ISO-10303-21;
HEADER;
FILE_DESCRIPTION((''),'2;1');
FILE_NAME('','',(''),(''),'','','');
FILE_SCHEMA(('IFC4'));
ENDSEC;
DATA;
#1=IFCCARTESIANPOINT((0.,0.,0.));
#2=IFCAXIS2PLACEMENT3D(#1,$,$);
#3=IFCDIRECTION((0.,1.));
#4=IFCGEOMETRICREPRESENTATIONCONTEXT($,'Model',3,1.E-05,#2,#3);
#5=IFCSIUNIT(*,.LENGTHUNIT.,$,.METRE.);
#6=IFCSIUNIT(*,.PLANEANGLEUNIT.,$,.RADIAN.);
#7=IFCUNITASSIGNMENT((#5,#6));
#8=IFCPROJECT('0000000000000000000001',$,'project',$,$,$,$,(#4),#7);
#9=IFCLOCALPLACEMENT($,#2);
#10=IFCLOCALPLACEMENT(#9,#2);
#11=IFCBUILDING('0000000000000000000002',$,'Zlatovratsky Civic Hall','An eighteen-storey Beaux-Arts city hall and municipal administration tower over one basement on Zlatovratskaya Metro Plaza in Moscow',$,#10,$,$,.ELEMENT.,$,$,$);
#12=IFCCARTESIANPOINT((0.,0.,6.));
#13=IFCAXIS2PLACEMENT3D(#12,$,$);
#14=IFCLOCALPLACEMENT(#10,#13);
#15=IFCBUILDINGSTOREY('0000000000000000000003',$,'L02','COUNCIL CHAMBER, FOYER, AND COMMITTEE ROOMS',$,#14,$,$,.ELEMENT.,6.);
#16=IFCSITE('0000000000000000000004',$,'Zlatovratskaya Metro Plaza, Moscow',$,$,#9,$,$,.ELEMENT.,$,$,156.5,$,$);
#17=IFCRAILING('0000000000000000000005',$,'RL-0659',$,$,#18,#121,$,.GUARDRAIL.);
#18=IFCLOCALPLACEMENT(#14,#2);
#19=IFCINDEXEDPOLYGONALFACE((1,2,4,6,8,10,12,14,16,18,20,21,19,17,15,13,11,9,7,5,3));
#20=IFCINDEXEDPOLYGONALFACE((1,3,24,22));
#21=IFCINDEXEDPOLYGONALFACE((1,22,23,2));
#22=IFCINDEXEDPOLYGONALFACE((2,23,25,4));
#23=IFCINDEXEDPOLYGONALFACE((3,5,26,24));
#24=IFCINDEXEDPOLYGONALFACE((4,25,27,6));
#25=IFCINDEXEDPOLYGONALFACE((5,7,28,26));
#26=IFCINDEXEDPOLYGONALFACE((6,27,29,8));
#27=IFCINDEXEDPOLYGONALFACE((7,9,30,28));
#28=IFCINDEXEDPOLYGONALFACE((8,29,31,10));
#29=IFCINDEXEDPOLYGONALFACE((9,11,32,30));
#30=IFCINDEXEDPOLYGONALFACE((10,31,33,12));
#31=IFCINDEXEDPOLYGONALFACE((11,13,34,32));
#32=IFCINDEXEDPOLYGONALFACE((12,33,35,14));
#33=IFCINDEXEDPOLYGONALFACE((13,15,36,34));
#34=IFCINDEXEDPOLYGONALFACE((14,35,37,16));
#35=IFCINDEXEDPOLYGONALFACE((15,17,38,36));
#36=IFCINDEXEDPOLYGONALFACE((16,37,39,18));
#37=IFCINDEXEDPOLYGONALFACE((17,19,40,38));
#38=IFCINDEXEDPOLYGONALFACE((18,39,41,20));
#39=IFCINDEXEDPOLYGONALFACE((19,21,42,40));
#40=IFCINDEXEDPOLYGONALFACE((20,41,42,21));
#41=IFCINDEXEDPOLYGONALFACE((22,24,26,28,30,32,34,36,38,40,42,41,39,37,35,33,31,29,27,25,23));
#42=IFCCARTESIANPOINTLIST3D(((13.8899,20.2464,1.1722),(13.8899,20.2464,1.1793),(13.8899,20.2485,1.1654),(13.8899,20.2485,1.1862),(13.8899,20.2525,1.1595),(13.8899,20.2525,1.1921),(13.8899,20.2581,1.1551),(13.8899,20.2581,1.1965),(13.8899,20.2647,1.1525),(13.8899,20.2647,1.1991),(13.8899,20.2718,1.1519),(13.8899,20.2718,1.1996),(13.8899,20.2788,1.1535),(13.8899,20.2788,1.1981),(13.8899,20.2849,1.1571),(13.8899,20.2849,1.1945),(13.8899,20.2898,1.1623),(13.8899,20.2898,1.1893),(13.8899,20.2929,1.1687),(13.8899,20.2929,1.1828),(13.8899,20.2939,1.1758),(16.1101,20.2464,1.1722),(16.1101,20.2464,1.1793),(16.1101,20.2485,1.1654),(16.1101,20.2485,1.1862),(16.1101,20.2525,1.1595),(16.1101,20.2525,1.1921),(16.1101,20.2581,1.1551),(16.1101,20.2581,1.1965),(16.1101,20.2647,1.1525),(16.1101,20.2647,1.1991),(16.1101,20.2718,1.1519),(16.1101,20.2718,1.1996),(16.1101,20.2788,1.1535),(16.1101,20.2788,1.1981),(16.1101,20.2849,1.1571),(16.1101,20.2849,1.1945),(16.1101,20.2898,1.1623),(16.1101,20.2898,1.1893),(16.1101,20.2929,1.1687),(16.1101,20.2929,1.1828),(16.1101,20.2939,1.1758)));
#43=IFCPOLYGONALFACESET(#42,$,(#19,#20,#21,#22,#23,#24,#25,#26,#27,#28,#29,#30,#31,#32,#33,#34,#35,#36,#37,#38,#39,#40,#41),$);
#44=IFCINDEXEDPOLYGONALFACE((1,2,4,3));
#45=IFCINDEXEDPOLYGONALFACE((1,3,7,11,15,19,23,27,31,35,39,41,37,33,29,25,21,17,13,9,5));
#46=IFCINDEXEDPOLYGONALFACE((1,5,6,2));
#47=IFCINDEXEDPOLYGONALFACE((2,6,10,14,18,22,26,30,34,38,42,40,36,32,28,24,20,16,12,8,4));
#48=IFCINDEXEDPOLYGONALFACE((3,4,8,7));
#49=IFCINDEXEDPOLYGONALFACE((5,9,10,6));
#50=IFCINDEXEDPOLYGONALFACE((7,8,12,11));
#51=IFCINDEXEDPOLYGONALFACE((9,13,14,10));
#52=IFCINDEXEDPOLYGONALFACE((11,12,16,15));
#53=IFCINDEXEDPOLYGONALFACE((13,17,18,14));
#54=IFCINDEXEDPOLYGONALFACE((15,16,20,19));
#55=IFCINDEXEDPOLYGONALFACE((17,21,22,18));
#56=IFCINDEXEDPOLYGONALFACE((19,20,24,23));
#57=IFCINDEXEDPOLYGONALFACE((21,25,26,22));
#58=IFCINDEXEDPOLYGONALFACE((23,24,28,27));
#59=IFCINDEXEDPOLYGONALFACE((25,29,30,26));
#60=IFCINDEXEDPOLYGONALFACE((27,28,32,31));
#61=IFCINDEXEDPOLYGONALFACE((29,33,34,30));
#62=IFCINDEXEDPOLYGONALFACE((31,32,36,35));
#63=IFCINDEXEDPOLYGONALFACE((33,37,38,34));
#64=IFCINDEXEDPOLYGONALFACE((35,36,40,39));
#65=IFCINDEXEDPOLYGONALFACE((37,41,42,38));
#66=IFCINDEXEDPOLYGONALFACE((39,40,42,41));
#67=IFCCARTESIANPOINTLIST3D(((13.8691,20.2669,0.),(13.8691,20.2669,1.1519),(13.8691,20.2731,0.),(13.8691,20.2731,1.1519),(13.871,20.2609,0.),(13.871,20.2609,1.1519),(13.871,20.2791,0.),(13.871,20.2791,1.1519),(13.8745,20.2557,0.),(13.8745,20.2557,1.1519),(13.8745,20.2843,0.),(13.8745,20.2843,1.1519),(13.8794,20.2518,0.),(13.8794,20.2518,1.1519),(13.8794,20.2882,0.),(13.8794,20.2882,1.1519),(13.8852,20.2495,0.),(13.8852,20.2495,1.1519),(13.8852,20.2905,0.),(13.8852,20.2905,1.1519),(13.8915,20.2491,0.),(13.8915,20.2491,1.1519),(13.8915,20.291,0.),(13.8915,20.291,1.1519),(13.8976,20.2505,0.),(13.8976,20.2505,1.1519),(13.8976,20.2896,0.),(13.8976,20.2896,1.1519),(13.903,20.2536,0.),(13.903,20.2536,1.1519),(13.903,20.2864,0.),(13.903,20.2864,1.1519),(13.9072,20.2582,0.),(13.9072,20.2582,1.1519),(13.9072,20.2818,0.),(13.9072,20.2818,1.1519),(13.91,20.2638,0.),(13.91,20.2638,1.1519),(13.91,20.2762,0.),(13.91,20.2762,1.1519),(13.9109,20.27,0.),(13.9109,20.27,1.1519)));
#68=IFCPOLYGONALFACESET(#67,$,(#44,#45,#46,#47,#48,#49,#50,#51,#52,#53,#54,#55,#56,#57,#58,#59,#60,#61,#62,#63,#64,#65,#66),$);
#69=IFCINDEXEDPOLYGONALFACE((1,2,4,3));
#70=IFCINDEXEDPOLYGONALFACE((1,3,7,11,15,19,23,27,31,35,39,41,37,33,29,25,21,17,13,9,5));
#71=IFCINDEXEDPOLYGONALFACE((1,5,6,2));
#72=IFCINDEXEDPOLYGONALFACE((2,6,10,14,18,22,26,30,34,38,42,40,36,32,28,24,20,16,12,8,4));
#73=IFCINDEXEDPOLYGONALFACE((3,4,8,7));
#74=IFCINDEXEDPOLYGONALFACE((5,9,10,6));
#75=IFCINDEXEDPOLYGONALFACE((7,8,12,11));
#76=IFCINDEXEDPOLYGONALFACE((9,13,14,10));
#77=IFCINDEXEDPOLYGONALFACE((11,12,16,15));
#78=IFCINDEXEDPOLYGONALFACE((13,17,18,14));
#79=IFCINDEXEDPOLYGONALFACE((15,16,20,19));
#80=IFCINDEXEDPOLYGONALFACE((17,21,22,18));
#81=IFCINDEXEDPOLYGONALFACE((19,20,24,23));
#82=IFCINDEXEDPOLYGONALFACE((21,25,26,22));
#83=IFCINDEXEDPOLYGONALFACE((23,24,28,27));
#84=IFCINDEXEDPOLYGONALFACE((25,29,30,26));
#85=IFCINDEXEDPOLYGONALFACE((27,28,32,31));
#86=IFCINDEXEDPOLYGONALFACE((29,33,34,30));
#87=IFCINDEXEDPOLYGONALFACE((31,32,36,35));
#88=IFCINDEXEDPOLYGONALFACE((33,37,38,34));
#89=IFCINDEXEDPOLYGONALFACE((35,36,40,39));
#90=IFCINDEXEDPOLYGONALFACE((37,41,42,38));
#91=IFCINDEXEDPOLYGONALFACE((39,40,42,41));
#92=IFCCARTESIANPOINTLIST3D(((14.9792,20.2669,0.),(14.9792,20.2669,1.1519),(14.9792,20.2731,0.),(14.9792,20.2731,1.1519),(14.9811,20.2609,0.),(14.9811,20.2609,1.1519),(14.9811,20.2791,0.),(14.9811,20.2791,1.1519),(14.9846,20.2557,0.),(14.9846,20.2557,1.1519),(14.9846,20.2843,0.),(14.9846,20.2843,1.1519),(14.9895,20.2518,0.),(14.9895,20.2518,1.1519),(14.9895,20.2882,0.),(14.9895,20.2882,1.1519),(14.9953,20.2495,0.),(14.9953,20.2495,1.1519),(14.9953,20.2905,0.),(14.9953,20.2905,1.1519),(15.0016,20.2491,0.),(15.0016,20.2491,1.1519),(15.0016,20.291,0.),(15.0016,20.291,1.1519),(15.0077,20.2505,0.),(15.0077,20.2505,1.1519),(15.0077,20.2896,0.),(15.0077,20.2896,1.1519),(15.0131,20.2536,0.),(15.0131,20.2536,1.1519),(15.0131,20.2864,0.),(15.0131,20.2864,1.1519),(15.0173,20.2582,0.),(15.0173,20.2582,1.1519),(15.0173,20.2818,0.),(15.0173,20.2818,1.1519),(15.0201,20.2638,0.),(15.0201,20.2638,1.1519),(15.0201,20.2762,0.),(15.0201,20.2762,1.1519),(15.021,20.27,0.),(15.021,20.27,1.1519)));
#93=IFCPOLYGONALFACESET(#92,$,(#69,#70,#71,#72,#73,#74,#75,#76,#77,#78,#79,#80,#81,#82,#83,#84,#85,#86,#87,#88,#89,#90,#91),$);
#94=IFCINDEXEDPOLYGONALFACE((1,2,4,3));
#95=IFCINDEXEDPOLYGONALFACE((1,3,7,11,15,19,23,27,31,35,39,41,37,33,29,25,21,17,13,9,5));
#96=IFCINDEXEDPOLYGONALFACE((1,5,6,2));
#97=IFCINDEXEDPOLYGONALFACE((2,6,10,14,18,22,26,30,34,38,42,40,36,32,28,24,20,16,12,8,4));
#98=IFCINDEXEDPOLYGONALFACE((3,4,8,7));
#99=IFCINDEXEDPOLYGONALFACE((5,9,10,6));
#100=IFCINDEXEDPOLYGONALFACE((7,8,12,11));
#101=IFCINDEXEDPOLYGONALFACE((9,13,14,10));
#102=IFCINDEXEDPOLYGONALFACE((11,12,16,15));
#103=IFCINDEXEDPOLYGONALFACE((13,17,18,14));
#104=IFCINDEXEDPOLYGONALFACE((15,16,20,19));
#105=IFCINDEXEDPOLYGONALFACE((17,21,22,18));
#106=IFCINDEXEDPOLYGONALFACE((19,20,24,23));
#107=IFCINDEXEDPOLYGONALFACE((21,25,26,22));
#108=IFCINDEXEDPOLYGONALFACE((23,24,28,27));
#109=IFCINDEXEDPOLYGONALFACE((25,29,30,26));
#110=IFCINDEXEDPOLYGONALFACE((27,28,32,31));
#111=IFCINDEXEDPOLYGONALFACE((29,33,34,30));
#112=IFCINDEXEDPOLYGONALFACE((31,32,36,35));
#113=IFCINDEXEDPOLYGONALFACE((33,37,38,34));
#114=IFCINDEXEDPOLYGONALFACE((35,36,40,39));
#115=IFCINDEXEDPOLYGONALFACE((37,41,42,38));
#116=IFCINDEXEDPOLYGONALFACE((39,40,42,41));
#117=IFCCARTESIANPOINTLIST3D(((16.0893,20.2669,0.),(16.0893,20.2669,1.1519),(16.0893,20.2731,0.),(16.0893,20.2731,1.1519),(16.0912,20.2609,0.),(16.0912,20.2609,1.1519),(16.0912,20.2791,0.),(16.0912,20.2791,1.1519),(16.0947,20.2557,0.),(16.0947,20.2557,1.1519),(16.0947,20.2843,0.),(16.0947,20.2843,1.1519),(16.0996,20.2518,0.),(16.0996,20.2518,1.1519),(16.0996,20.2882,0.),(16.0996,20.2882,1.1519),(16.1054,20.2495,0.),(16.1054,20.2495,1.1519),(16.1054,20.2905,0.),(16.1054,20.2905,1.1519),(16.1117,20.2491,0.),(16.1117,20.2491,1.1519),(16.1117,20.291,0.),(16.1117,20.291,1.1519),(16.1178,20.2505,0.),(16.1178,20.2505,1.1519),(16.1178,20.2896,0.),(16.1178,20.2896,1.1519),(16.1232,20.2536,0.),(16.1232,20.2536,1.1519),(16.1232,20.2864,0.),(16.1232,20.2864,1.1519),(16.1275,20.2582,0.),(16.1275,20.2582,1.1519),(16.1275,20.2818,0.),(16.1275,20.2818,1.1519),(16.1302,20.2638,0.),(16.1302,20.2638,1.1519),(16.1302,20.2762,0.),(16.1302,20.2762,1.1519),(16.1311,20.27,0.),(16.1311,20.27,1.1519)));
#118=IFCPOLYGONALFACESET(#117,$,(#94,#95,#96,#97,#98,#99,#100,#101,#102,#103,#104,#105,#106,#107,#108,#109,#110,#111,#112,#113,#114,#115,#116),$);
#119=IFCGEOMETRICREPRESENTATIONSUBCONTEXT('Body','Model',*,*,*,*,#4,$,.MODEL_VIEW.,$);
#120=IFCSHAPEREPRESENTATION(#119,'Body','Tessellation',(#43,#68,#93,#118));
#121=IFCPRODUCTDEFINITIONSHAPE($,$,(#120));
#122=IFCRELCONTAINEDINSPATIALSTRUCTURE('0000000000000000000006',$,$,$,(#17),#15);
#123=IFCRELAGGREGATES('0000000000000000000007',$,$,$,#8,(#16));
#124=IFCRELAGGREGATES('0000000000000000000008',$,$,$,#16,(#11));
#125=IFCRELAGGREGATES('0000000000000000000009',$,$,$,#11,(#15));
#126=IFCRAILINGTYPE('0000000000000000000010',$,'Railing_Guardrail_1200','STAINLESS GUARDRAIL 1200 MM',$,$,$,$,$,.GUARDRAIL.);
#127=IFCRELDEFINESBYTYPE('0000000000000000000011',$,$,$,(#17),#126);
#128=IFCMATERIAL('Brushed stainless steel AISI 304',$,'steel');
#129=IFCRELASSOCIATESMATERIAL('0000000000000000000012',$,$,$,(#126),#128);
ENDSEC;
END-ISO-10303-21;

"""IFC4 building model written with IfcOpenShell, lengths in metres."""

from ifc_helpers import new_model, si_unit, direction, frame, origin, origin_2d, place, context, subcontext, project, spatial, circle, extrude, material, type_object, element, save


model = new_model("IFC4")

# Units and contexts
model_context = context("Model", 3, precision=1e-05, world=origin(), true_north=direction((0.0, 1.0)))
body_context = subcontext(model_context, "Body", "Model", "MODEL_VIEW")
ifc_project = project(units=[si_unit("LENGTHUNIT", "METRE"), si_unit("PLANEANGLEUNIT", "RADIAN")], contexts=[model_context])

# Site, building, storey
site_placement = place(None, origin())
site = spatial("IfcSite", under=ifc_project, at=site_placement, Name="Zlatovratskaya Metro Plaza, Moscow", CompositionType="ELEMENT", RefElevation=156.5)
building_placement = place(site_placement, origin())
building = spatial("IfcBuilding", under=site, at=building_placement, Name="Zlatovratsky Civic Hall", Description="An eighteen-storey Beaux-Arts city hall and municipal administration tower over one basement on Zlatovratskaya Metro Plaza in Moscow", CompositionType="ELEMENT")
storey_placement = place(building_placement, frame((0.0, 0.0, 6.0)))
storey = spatial("IfcBuildingStorey", under=building, at=storey_placement, Name="L02", Description="COUNCIL CHAMBER, FOYER, AND COMMITTEE ROOMS", CompositionType="ELEMENT", Elevation=6.0)

# Railing
ifc_material_1 = material(Name="Brushed stainless steel AISI 304", Category="steel")
railing_type_1 = type_object("IfcRailingType", Name="Railing_Guardrail_1200", Description="STAINLESS GUARDRAIL 1200 MM", PredefinedType="GUARDRAIL", material=ifc_material_1)
railing_1_placement = place(storey_placement, frame((13.8899, 20.27, 0.0)))
element("IfcRailing", 1, at=railing_1_placement, inside=storey, type_object=railing_type_1, Name="RL-0659", PredefinedType="GUARDRAIL", context=body_context, shape_type="SweptSolid", body=[
    extrude(circle(Radius=0.0239, at=origin_2d()), frame((0.0, 0.0, 1.1758), z_axis=(1.0, 0.0, 0.0), x_axis=(0.0, 1.0, 0.0)), (0.0, 0.0, 1.0), 2.2202),
    extrude(circle(Radius=0.021, at=origin_2d()), origin(), (0.0, 0.0, 1.0), 1.1519),
    extrude(circle(Radius=0.021, at=origin_2d()), frame((1.1101, 0.0, 0.0)), (0.0, 0.0, 1.0), 1.1519),
    extrude(circle(Radius=0.021, at=origin_2d()), frame((2.2202, 0.0, 0.0)), (0.0, 0.0, 1.0), 1.1519),
])

save(model, "model.ifc")
